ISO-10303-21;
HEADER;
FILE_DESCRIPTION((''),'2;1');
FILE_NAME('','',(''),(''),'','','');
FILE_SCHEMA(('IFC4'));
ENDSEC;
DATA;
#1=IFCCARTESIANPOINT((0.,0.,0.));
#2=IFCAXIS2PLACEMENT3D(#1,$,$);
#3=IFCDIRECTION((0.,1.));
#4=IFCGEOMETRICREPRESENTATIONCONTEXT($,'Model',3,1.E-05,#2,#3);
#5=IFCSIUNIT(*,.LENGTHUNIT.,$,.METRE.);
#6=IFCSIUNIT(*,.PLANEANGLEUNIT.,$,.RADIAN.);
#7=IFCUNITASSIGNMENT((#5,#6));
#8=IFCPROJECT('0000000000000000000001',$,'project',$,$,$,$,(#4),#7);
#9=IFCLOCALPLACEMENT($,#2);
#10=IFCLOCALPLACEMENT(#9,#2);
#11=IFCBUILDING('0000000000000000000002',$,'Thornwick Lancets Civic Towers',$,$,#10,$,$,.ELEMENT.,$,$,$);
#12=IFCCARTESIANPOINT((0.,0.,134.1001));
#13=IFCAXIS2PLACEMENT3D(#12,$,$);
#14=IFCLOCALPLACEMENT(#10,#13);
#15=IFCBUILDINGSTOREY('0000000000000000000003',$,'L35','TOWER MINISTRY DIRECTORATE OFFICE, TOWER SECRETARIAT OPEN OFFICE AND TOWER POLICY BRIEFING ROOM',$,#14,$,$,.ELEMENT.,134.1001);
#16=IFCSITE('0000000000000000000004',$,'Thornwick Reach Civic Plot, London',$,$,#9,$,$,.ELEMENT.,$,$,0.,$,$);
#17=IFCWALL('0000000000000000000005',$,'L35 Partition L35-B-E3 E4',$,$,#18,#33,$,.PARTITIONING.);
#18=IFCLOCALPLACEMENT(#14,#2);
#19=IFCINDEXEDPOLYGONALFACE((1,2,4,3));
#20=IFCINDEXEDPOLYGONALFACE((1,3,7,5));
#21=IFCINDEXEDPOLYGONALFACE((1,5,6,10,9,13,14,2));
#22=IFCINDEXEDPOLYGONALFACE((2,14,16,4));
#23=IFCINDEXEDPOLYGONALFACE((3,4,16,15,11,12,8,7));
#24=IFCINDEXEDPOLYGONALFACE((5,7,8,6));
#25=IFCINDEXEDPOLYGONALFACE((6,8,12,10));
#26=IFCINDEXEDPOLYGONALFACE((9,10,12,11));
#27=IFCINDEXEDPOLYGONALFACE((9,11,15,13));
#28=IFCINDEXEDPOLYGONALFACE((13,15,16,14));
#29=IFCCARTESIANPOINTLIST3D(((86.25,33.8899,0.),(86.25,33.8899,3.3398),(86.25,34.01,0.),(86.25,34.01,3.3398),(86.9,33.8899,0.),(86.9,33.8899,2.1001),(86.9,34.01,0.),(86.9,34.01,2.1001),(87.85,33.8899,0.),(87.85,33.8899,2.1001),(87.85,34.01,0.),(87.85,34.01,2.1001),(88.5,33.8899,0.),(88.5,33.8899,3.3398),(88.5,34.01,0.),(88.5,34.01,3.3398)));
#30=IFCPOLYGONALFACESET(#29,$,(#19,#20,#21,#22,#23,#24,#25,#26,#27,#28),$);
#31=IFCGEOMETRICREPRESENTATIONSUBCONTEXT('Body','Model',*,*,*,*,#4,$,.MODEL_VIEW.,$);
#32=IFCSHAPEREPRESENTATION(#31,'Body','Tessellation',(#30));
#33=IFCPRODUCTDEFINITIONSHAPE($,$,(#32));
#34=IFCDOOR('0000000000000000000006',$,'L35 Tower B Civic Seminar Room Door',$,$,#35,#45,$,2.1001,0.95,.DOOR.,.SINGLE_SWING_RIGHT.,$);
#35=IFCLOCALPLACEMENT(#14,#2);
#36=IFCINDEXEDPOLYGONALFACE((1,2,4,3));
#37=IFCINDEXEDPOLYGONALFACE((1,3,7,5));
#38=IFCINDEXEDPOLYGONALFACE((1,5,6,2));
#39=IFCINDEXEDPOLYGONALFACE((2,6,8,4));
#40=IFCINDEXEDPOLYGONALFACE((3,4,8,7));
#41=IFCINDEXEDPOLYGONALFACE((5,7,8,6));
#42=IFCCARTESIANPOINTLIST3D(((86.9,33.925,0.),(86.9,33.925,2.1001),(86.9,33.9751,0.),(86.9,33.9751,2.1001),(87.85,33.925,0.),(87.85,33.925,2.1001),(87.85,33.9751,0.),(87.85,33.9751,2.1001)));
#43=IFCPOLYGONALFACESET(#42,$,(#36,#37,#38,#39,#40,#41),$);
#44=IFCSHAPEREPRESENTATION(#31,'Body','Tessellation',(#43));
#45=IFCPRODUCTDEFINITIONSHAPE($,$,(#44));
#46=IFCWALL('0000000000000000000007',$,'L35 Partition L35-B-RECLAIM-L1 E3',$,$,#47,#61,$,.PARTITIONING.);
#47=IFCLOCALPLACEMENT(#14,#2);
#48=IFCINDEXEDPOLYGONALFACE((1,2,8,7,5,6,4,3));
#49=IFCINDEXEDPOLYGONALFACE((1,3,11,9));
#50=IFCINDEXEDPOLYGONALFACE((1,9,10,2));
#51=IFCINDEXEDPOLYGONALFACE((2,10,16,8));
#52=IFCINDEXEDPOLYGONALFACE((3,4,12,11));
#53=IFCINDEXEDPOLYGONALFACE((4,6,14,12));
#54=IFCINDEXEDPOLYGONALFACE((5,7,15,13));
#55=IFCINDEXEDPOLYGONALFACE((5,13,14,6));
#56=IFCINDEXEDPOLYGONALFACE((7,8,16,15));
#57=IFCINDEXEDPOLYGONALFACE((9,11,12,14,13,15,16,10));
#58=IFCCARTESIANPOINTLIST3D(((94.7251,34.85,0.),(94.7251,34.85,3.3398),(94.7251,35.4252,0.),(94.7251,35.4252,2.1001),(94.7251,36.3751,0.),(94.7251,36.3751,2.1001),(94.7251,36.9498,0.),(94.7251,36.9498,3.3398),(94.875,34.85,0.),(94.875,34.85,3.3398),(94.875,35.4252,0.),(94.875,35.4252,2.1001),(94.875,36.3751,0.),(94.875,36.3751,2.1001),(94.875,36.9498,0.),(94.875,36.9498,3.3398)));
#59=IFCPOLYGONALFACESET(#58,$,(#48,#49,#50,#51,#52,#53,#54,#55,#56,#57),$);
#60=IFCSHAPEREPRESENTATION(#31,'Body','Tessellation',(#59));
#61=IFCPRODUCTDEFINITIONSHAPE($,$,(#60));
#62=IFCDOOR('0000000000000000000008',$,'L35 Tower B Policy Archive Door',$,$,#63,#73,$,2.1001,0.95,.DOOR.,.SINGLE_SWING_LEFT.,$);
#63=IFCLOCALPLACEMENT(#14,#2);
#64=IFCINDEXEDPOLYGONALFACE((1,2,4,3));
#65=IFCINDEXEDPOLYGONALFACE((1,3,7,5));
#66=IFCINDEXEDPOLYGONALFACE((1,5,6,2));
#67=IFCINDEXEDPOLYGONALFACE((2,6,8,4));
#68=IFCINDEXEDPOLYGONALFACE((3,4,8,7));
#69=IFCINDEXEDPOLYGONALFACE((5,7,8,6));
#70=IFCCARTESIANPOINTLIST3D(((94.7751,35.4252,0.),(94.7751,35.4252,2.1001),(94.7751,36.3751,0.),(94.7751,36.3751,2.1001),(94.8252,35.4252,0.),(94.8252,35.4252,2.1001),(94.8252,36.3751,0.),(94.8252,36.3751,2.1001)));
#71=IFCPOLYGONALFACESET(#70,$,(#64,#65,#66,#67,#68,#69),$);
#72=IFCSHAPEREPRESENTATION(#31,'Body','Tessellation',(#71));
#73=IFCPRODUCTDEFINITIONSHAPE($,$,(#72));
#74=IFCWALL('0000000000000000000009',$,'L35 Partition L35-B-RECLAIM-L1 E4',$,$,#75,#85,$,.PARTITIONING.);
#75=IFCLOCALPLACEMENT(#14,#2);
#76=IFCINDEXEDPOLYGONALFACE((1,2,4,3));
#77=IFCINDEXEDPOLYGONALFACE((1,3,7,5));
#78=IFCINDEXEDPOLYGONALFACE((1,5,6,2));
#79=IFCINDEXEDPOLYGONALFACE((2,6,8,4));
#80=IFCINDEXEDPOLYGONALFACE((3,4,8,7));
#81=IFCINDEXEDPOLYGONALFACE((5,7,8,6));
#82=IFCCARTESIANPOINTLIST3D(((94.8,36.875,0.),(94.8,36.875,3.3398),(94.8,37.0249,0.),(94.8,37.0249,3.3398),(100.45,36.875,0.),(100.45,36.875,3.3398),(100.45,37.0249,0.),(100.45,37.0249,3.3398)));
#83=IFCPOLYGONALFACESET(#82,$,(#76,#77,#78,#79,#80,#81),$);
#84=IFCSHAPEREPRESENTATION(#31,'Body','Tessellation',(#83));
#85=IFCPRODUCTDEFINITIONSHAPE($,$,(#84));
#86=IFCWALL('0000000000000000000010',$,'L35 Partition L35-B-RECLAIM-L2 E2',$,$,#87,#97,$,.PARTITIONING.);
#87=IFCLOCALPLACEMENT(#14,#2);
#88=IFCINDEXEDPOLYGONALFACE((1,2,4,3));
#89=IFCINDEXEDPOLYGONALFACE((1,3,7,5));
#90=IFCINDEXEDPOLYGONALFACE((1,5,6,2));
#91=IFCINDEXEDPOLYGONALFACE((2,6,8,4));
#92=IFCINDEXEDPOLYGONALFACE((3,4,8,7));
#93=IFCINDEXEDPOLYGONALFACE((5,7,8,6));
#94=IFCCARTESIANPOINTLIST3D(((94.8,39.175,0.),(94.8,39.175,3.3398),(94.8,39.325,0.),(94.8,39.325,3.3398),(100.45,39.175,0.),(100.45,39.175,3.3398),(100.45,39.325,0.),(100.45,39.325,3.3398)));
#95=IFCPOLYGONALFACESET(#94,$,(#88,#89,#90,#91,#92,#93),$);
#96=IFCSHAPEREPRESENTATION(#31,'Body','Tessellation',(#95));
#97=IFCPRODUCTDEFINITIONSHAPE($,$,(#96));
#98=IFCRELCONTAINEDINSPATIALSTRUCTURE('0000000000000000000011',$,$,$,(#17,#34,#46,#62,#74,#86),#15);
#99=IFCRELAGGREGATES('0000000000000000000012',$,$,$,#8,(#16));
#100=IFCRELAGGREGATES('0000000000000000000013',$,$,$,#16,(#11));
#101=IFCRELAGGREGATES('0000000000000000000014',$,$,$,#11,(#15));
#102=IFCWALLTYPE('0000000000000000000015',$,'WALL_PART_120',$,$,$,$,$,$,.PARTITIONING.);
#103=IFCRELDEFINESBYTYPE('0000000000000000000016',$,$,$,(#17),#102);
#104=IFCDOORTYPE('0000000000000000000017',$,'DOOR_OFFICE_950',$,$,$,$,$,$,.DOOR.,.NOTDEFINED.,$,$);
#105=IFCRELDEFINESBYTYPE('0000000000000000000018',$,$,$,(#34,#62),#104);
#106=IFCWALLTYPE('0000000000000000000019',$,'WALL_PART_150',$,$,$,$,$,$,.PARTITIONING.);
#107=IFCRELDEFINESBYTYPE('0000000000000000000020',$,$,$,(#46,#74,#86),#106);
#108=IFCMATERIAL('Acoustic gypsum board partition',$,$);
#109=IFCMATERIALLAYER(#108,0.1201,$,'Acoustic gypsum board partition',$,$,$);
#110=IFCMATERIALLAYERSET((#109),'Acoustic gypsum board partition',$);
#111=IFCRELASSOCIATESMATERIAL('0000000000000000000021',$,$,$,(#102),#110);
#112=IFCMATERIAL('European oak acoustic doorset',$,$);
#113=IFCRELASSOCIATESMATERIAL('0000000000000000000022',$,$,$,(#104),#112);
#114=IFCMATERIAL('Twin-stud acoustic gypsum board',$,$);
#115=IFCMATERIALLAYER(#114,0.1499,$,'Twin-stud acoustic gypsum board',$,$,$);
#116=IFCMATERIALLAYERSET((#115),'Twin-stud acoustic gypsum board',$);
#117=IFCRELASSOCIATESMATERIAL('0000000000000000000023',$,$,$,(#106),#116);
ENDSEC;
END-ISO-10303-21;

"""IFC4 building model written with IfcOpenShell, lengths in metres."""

from ifc_helpers import new_model, si_unit, direction, frame, frame_2d, origin, place, context, subcontext, project, spatial, rectangle, extrude, material, layer, layer_set, type_object, element, fill, save


model = new_model("IFC4")

# Units and contexts
model_context = context("Model", 3, precision=1e-05, world=origin(), true_north=direction((0.0, 1.0)))
body_context = subcontext(model_context, "Body", "Model", "MODEL_VIEW")
ifc_project = project(units=[si_unit("LENGTHUNIT", "METRE"), si_unit("PLANEANGLEUNIT", "RADIAN")], contexts=[model_context])

# Site, building, storey
site_placement = place(None, origin())
site = spatial("IfcSite", under=ifc_project, at=site_placement, Name="Thornwick Reach Civic Plot, London", CompositionType="ELEMENT", RefElevation=0.0)
building_placement = place(site_placement, origin())
building = spatial("IfcBuilding", under=site, at=building_placement, Name="Thornwick Lancets Civic Towers", CompositionType="ELEMENT")
storey_placement = place(building_placement, frame((0.0, 0.0, 134.1001)))
storey = spatial("IfcBuildingStorey", under=building, at=storey_placement, Name="L35", Description="TOWER MINISTRY DIRECTORATE OFFICE, TOWER SECRETARIAT OPEN OFFICE AND TOWER POLICY BRIEFING ROOM", CompositionType="ELEMENT", Elevation=134.1001)

# Shared definitions
ifc_material_1 = material(Name="Acoustic gypsum board partition")
ifc_layer_1 = layer(ifc_material_1, 0.1201, Name="Acoustic gypsum board partition")
ifc_layer_set_1 = layer_set([ifc_layer_1], Name="Acoustic gypsum board partition")
wall_type_1 = type_object("IfcWallType", Name="WALL_PART_120", PredefinedType="PARTITIONING", material=ifc_layer_set_1)

# Walls, openings, doors
ifc_material_2 = material(Name="European oak acoustic doorset")
door_type_1 = type_object("IfcDoorType", Name="DOOR_OFFICE_950", OperationType="NOTDEFINED", PredefinedType="DOOR", material=ifc_material_2)
wall_1_placement = place(storey_placement, frame((88.5, 33.95, 0.0), z_axis=(0.0, 0.0, 1.0), x_axis=(-1.0, 0.0, 0.0)))
wall_1 = element("IfcWall", 1, at=wall_1_placement, inside=storey, type_object=wall_type_1, Name="L35 Partition L35-B-E3 E4", PredefinedType="PARTITIONING", context=body_context, shape_type="SweptSolid", body=[
    extrude(rectangle(XDim=2.25, YDim=0.1201, at=frame_2d((1.125, 0.0))), origin(), (0.0, 0.0, 1.0), 3.3398),
])
opening_1_placement = place(wall_1_placement, frame((0.6499, 0.0, 0.0)))
opening_1 = element("IfcOpeningElement", 2, at=opening_1_placement, cuts=wall_1, PredefinedType="OPENING", context=body_context, shape_type="SweptSolid", body=[
    extrude(rectangle(XDim=0.95, YDim=2.1001, at=frame_2d((0.4751, 1.05))), frame((0.0, 0.0701, 0.0), z_axis=(0.0, -1.0, 0.0), x_axis=(1.0, 0.0, 0.0)), (0.0, 0.0, 1.0), 0.1401),
])
door_1_placement = place(opening_1_placement, origin())
door_1 = element("IfcDoor", 3, at=door_1_placement, inside=storey, type_object=door_type_1, Name="L35 Tower B Civic Seminar Room Door", OperationType="SINGLE_SWING_RIGHT", OverallHeight=2.1001, OverallWidth=0.95, PredefinedType="DOOR", context=body_context, shape_type="SweptSolid", body=[
    extrude(rectangle(XDim=0.95, YDim=2.1001, at=frame_2d((0.4751, 1.05))), frame((0.0, 0.0249, 0.0), z_axis=(0.0, -1.0, 0.0), x_axis=(1.0, 0.0, 0.0)), (0.0, 0.0, 1.0), 0.05),
])
fill(opening_1, door_1)
ifc_material_3 = material(Name="Twin-stud acoustic gypsum board")
ifc_layer_2 = layer(ifc_material_3, 0.1499, Name="Twin-stud acoustic gypsum board")
ifc_layer_set_2 = layer_set([ifc_layer_2], Name="Twin-stud acoustic gypsum board")
wall_type_2 = type_object("IfcWallType", Name="WALL_PART_150", PredefinedType="PARTITIONING", material=ifc_layer_set_2)
wall_2_placement = place(storey_placement, frame((94.8, 34.8501, 0.0), z_axis=(0.0, 0.0, 1.0), x_axis=(0.0, 1.0, 0.0)))
wall_2 = element("IfcWall", 4, at=wall_2_placement, inside=storey, type_object=wall_type_2, Name="L35 Partition L35-B-RECLAIM-L1 E3", PredefinedType="PARTITIONING", context=body_context, shape_type="SweptSolid", body=[
    extrude(rectangle(XDim=2.0999, YDim=0.1499, at=frame_2d((1.0498, 0.0))), origin(), (0.0, 0.0, 1.0), 3.3398),
])
opening_2_placement = place(wall_2_placement, frame((0.575, 0.0, 0.0)))
opening_2 = element("IfcOpeningElement", 5, at=opening_2_placement, cuts=wall_2, PredefinedType="OPENING", context=body_context, shape_type="SweptSolid", body=[
    extrude(rectangle(XDim=0.95, YDim=2.1001, at=frame_2d((0.4751, 1.05))), frame((0.0, 0.085, 0.0), z_axis=(0.0, -1.0, 0.0), x_axis=(1.0, 0.0, 0.0)), (0.0, 0.0, 1.0), 0.1699),
])
door_2_placement = place(opening_2_placement, origin())
door_2 = element("IfcDoor", 6, at=door_2_placement, inside=storey, type_object=door_type_1, Name="L35 Tower B Policy Archive Door", OperationType="SINGLE_SWING_LEFT", OverallHeight=2.1001, OverallWidth=0.95, PredefinedType="DOOR", context=body_context, shape_type="SweptSolid", body=[
    extrude(rectangle(XDim=0.95, YDim=2.1001, at=frame_2d((0.4751, 1.05))), frame((0.0, 0.0249, 0.0), z_axis=(0.0, -1.0, 0.0), x_axis=(1.0, 0.0, 0.0)), (0.0, 0.0, 1.0), 0.05),
])
fill(opening_2, door_2)

# Wall
wall_3_placement = place(storey_placement, frame((94.8, 36.95, 0.0), z_axis=(0.0, 0.0, 1.0), x_axis=(1.0, 0.0, 0.0)))
element("IfcWall", 7, at=wall_3_placement, inside=storey, type_object=wall_type_2, Name="L35 Partition L35-B-RECLAIM-L1 E4", PredefinedType="PARTITIONING", context=body_context, shape_type="SweptSolid", body=[
    extrude(rectangle(XDim=5.6499, YDim=0.1499, at=frame_2d((2.825, 0.0))), origin(), (0.0, 0.0, 1.0), 3.3398),
])

# Wall
wall_4_placement = place(storey_placement, frame((94.8, 39.25, 0.0), z_axis=(0.0, 0.0, 1.0), x_axis=(1.0, 0.0, 0.0)))
element("IfcWall", 8, at=wall_4_placement, inside=storey, type_object=wall_type_2, Name="L35 Partition L35-B-RECLAIM-L2 E2", PredefinedType="PARTITIONING", context=body_context, shape_type="SweptSolid", body=[
    extrude(rectangle(XDim=5.6499, YDim=0.1499, at=frame_2d((2.825, 0.0))), origin(), (0.0, 0.0, 1.0), 3.3398),
])

save(model, "model.ifc")
